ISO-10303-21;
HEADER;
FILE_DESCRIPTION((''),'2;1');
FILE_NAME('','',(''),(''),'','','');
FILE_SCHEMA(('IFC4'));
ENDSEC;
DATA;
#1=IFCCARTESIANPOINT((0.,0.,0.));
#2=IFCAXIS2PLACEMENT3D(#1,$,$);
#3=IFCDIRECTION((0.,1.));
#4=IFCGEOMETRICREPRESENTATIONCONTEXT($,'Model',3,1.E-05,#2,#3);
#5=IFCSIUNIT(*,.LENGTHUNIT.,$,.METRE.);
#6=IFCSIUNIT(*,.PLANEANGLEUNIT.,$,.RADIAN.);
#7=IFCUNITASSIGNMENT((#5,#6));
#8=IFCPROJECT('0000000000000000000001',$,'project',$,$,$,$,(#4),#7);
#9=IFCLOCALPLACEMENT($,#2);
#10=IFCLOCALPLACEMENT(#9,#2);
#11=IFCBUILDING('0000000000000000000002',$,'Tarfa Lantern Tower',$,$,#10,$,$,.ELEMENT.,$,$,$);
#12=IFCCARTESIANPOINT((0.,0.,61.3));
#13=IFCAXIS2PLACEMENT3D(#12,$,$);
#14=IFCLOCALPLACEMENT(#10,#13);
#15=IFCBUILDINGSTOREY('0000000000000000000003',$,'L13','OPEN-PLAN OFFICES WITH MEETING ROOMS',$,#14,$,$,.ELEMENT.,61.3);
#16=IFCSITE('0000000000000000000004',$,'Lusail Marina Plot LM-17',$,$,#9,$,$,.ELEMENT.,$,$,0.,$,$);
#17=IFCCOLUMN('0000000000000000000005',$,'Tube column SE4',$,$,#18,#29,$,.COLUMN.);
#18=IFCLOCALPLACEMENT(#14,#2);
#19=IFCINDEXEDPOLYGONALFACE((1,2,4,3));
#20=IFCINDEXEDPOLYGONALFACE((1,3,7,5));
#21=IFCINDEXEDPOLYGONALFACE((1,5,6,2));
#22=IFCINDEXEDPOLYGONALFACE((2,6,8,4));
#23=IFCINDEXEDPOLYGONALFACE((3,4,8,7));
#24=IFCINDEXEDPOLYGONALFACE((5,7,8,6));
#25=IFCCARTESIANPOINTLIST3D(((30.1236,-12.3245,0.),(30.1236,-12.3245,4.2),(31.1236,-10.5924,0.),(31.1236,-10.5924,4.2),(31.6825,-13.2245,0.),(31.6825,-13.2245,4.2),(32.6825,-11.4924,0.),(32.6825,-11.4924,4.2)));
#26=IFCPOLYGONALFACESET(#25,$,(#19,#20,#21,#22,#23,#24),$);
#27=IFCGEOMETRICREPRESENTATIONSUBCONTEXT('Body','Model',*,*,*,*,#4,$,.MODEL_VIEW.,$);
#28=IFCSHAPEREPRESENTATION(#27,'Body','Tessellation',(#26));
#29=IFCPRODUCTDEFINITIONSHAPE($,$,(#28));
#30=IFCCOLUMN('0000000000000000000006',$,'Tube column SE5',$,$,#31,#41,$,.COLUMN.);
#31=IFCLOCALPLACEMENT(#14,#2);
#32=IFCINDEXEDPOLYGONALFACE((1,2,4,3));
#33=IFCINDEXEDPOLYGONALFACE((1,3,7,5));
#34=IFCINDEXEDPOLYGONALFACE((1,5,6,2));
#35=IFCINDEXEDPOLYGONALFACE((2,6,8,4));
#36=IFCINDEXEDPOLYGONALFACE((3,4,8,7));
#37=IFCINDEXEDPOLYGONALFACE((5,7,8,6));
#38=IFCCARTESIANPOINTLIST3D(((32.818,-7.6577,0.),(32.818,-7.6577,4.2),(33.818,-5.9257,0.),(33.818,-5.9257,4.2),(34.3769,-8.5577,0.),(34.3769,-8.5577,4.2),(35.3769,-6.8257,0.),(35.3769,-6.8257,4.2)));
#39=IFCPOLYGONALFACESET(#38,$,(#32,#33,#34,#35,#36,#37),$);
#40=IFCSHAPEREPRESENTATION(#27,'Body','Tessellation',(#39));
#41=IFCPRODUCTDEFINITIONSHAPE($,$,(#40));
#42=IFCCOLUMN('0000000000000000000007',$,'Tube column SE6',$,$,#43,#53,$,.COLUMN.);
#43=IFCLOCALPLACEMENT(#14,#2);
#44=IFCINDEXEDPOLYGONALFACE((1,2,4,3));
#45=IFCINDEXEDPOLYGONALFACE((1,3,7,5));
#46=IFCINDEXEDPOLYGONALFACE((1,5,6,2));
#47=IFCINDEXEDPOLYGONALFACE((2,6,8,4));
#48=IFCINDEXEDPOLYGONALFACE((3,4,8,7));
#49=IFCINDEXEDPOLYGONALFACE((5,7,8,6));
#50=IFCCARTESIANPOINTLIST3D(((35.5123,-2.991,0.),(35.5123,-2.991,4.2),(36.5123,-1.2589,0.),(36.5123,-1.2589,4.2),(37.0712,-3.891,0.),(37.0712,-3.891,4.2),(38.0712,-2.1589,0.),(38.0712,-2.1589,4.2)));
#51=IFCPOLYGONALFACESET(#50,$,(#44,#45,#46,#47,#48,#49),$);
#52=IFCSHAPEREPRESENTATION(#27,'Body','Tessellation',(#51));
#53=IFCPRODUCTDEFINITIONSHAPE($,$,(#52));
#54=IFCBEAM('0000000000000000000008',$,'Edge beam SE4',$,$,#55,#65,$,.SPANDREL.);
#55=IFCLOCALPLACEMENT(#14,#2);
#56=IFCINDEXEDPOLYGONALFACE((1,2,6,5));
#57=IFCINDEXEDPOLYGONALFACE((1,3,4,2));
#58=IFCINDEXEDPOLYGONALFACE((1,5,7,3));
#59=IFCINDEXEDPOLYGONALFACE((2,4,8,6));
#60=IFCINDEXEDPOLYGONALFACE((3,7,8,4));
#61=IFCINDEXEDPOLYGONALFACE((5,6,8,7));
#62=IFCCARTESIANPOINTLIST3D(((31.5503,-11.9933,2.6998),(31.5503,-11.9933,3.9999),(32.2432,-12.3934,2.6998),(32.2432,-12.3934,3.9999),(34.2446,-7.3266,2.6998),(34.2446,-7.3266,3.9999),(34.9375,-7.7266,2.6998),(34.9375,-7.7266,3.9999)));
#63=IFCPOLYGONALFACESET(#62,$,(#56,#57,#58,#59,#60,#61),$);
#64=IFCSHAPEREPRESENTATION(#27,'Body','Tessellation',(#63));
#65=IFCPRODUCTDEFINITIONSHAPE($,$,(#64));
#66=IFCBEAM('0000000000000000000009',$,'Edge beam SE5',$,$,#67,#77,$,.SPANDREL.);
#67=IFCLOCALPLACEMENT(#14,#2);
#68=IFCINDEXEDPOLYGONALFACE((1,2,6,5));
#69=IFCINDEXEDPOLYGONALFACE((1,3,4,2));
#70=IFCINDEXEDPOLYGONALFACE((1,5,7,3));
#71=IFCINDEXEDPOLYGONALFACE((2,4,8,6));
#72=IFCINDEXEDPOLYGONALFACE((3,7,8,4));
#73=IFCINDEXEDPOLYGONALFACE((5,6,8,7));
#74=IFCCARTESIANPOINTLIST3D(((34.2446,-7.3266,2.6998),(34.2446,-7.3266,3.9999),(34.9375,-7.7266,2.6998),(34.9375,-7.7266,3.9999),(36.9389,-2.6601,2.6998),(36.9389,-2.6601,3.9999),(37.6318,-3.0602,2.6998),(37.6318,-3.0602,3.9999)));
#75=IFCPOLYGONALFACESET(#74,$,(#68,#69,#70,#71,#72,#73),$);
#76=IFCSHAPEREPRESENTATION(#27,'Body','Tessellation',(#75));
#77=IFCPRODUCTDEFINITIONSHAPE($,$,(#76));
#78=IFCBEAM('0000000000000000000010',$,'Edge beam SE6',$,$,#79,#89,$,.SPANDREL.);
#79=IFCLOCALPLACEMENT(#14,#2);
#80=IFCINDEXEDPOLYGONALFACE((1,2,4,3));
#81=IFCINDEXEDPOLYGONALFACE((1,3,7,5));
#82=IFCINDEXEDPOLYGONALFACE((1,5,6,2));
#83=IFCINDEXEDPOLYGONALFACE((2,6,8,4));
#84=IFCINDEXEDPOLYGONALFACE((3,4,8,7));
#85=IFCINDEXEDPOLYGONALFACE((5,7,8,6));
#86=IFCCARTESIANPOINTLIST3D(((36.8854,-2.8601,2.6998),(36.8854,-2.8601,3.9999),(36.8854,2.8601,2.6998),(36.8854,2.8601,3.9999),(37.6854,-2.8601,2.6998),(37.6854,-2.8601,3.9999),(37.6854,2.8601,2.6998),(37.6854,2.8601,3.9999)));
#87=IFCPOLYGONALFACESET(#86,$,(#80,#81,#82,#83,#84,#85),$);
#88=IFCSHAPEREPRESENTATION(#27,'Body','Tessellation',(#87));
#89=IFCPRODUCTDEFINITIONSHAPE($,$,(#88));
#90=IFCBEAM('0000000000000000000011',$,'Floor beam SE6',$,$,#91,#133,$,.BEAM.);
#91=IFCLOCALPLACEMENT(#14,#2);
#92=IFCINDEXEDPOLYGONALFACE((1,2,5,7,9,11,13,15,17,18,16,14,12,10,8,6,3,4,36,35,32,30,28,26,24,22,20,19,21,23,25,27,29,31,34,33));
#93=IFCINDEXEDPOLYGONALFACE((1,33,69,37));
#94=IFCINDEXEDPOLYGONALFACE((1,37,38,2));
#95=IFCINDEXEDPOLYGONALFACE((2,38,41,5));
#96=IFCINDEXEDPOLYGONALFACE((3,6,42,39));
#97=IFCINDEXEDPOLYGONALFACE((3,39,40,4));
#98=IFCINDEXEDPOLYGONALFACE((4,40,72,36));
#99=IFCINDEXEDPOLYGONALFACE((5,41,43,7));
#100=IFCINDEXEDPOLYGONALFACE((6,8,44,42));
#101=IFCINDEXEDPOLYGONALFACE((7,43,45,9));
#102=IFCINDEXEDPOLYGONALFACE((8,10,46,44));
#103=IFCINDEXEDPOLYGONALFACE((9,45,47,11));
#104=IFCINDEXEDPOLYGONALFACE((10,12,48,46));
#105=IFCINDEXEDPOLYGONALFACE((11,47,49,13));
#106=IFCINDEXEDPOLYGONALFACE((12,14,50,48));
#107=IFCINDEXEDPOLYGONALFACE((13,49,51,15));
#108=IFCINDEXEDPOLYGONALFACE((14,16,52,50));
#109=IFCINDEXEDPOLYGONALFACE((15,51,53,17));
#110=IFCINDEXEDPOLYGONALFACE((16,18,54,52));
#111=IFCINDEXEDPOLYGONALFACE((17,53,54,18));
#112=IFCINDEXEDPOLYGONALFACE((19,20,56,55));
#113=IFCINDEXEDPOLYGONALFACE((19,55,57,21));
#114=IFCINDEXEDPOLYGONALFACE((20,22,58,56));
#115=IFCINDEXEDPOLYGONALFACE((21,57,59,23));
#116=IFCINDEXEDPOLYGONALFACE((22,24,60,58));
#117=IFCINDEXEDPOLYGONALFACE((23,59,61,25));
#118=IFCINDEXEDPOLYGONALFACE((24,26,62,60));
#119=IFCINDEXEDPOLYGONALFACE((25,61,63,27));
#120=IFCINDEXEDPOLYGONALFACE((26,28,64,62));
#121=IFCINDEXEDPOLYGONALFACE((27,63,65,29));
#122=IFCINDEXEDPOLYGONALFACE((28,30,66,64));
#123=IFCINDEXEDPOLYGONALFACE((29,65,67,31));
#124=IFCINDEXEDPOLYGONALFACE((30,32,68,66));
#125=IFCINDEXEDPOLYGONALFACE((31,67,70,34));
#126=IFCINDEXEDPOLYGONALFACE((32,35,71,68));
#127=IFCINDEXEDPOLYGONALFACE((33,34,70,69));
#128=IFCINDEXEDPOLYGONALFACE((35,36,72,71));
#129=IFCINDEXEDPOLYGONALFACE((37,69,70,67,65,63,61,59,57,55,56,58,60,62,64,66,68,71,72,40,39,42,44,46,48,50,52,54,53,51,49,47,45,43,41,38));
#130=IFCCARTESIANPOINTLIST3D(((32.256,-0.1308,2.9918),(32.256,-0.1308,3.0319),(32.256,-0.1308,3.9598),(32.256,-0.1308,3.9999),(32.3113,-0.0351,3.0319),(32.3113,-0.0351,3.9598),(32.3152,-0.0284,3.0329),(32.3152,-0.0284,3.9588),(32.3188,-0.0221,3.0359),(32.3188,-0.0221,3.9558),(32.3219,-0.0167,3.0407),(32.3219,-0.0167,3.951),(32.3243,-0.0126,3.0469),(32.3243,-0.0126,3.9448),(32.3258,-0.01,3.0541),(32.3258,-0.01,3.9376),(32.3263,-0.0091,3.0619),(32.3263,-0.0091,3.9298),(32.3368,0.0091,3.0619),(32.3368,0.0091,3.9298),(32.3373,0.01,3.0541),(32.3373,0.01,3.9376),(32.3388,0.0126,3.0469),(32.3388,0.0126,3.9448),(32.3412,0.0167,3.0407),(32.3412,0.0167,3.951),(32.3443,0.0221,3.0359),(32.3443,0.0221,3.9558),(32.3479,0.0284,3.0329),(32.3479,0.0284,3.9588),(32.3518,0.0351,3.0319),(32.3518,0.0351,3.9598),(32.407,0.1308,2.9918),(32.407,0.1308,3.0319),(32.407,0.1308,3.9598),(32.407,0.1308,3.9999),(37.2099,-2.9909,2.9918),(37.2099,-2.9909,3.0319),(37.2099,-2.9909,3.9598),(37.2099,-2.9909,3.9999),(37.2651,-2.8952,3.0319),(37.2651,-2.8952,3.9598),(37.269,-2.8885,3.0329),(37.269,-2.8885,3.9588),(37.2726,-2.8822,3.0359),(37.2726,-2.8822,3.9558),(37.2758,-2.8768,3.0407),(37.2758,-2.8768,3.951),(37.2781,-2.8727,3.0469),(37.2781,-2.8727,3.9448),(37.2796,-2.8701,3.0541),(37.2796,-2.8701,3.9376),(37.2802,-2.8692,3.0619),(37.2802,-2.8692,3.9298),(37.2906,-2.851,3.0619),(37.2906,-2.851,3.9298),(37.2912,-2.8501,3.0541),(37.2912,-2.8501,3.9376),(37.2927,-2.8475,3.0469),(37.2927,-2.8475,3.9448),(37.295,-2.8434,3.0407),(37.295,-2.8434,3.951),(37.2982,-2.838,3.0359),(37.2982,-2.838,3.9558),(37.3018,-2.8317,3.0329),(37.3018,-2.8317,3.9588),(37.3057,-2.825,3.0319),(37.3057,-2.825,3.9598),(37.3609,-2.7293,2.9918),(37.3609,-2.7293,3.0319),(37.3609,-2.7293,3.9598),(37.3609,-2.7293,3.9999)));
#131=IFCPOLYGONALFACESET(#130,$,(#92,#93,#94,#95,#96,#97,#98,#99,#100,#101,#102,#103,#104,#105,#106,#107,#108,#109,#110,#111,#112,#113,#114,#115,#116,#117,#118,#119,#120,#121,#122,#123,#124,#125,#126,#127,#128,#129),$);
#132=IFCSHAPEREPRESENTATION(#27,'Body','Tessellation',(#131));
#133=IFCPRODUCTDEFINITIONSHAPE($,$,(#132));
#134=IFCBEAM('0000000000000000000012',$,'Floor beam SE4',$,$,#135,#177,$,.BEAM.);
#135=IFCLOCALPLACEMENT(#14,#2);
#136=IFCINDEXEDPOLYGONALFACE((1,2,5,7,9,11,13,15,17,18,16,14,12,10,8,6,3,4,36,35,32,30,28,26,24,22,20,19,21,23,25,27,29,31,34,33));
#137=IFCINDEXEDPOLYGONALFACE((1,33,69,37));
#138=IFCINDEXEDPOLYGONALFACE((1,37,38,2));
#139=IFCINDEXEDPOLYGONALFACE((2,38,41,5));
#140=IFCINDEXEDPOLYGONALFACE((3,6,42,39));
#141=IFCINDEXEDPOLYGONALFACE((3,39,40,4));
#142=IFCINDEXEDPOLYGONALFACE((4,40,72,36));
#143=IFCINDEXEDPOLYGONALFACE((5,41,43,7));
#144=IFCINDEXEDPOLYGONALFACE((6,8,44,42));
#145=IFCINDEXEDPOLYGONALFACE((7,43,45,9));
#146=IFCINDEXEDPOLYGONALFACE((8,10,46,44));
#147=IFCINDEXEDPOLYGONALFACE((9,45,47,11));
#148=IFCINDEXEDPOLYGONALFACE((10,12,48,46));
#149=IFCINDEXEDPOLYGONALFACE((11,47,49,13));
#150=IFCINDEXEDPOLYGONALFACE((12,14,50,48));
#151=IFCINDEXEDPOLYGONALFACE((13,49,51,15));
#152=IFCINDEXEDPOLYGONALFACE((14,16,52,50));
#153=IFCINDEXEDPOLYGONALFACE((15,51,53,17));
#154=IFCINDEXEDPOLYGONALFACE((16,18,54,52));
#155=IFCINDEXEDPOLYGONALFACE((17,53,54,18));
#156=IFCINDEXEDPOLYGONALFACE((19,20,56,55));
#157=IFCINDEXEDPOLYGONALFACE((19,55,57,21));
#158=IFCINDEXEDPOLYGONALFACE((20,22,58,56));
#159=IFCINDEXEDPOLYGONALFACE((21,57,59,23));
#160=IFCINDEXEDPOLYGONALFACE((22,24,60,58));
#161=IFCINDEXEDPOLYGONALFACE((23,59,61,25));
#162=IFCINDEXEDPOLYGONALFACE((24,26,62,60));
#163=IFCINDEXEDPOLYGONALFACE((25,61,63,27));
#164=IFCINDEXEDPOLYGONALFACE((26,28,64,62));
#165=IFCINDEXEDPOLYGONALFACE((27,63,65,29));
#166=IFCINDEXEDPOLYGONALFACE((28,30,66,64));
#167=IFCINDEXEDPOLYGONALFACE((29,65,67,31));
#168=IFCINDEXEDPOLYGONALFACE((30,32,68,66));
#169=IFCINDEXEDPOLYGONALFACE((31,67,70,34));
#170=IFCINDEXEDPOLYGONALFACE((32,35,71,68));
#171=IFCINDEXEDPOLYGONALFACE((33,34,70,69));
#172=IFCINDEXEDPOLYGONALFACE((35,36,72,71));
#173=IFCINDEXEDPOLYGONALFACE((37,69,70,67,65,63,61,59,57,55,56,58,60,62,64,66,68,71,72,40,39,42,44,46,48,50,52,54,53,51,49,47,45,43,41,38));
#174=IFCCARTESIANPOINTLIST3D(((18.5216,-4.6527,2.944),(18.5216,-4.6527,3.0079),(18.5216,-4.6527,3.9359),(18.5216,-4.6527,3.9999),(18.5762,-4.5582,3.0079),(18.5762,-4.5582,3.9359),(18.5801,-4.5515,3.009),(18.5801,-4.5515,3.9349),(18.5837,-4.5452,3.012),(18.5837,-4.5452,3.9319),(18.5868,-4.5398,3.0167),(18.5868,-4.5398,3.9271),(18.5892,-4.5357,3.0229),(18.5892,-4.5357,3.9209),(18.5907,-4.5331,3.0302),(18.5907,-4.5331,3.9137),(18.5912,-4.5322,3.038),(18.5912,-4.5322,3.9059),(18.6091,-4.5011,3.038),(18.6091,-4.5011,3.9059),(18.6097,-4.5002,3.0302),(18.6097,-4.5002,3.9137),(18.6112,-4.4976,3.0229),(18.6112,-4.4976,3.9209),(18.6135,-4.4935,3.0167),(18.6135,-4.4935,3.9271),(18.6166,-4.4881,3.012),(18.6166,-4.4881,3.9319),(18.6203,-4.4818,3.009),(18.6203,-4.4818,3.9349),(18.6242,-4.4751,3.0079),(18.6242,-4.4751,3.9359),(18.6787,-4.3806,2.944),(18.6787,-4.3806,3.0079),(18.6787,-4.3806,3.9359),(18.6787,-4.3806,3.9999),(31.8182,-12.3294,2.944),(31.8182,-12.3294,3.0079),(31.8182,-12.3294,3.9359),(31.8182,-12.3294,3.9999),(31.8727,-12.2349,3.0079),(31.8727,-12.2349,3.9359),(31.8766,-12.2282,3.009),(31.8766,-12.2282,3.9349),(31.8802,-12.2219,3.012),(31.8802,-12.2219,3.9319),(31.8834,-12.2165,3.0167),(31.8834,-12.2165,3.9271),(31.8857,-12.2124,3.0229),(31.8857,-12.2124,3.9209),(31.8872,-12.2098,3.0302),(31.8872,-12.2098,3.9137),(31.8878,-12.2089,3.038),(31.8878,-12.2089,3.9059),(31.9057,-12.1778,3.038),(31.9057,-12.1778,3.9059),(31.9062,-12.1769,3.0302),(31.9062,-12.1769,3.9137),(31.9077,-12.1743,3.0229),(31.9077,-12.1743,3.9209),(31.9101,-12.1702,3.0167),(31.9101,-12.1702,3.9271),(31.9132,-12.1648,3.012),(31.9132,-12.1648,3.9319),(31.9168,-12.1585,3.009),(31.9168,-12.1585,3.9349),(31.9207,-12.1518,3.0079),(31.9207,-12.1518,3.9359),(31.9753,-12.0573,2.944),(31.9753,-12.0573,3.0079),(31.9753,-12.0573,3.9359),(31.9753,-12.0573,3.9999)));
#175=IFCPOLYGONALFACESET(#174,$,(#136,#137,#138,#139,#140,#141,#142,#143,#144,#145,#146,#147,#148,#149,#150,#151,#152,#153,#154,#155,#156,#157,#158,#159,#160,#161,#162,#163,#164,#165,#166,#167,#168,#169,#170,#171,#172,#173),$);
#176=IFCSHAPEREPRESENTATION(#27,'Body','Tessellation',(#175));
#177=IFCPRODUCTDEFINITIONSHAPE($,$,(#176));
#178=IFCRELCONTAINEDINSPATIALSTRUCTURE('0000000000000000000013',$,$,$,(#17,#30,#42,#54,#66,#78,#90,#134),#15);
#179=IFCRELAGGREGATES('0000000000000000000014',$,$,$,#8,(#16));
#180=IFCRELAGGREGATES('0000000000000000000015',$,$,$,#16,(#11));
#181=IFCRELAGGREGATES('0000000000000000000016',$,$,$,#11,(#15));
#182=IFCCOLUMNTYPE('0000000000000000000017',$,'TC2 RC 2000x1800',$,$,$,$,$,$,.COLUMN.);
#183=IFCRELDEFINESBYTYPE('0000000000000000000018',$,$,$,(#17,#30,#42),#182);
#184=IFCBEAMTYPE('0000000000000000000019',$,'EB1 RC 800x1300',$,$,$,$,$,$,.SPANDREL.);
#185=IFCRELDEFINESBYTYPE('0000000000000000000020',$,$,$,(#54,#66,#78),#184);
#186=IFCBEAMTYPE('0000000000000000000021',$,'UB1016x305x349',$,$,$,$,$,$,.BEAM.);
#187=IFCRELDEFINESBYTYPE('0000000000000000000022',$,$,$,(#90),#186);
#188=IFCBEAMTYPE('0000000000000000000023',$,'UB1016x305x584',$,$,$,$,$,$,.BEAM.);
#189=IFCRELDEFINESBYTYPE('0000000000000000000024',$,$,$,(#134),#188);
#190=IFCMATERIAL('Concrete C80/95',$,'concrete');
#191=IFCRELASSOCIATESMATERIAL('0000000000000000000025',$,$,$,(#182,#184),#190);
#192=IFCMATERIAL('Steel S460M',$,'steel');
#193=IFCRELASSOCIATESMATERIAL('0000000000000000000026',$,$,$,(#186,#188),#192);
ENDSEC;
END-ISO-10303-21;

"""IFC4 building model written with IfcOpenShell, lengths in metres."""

from ifc_helpers import new_model, si_unit, direction, frame, origin, origin_2d, place, context, subcontext, project, spatial, rectangle, i_section, extrude, material, material_profile, profile_set, type_object, element, save


model = new_model("IFC4")

# Units and contexts
model_context = context("Model", 3, precision=1e-05, world=origin(), true_north=direction((0.0, 1.0)))
body_context = subcontext(model_context, "Body", "Model", "MODEL_VIEW")
ifc_project = project(units=[si_unit("LENGTHUNIT", "METRE"), si_unit("PLANEANGLEUNIT", "RADIAN")], contexts=[model_context])

# Site, building, storey
site_placement = place(None, origin())
site = spatial("IfcSite", under=ifc_project, at=site_placement, Name="Lusail Marina Plot LM-17", CompositionType="ELEMENT", RefElevation=0.0)
building_placement = place(site_placement, origin())
building = spatial("IfcBuilding", under=site, at=building_placement, Name="Tarfa Lantern Tower", CompositionType="ELEMENT")
storey_placement = place(building_placement, frame((0.0, 0.0, 61.3)))
storey = spatial("IfcBuildingStorey", under=building, at=storey_placement, Name="L13", Description="OPEN-PLAN OFFICES WITH MEETING ROOMS", CompositionType="ELEMENT", Elevation=61.3)

# Columns
ifc_material_1 = material(Name="Concrete C80/95", Category="concrete")
ifc_material_profile_1 = material_profile(ifc_material_1, rectangle(XDim=2.0, YDim=1.8, at=origin_2d()), Name="RC 2000x1800")
ifc_profile_set_1 = profile_set([ifc_material_profile_1], Name="Concrete C80/95")
column_type = type_object("IfcColumnType", Name="TC2 RC 2000x1800", PredefinedType="COLUMN", material=ifc_profile_set_1)
for number, where, z_axis, x_axis, name in (
    (1, (31.4031, -11.9084, 0.0), (0.0, 0.0, 1.0), (0.5, 0.866025, 0.0), "Tube column SE4"),
    (2, (34.0974, -7.2417, 0.0), (0.0, 0.0, 1.0), (0.5, 0.866025, 0.0), "Tube column SE5"),
    (3, (36.7917, -2.575, 0.0), (0.0, 0.0, 1.0), (0.5, 0.866025, 0.0), "Tube column SE6"),
):
    element("IfcColumn", number, at=place(storey_placement, frame(where, z_axis=z_axis, x_axis=x_axis)), inside=storey, type_object=column_type, Name=name, PredefinedType="COLUMN", context=body_context, shape_type="SweptSolid", body=[
        extrude(rectangle(XDim=2.0, YDim=1.8, at=origin_2d()), origin(), (0.0, 0.0, 1.0), 4.2),
    ])

# Beams
ifc_material_profile_2 = material_profile(ifc_material_1, rectangle(XDim=0.8, YDim=1.3, at=origin_2d()), Name="RC 800x1300")
ifc_profile_set_2 = profile_set([ifc_material_profile_2], Name="Concrete C80/95")
beam_type_1 = type_object("IfcBeamType", Name="EB1 RC 800x1300", PredefinedType="SPANDREL", material=ifc_profile_set_2)
beam_1_placement = place(storey_placement, frame((31.8967, -12.1934, 3.3499), z_axis=(0.499998, 0.866026, 0.0), x_axis=(-0.866026, 0.499998, 0.0)))
element("IfcBeam", 4, at=beam_1_placement, inside=storey, type_object=beam_type_1, Name="Edge beam SE4", PredefinedType="SPANDREL", context=body_context, shape_type="SweptSolid", body=[
    extrude(rectangle(XDim=0.8, YDim=1.3, at=origin_2d()), origin(), (0.0, 0.0, 1.0), 5.3887),
])
beam_2_placement = place(storey_placement, frame((34.5911, -7.5266, 3.3499), z_axis=(0.500018, 0.866015, 0.0), x_axis=(-0.866015, 0.500018, 0.0)))
element("IfcBeam", 5, at=beam_2_placement, inside=storey, type_object=beam_type_1, Name="Edge beam SE5", PredefinedType="SPANDREL", context=body_context, shape_type="SweptSolid", body=[
    extrude(rectangle(XDim=0.8, YDim=1.3, at=origin_2d()), origin(), (0.0, 0.0, 1.0), 5.3884),
])
beam_3_placement = place(storey_placement, frame((37.2854, -2.8601, 3.3499), z_axis=(0.0, 1.0, 0.0), x_axis=(-1.0, 0.0, 0.0)))
element("IfcBeam", 6, at=beam_3_placement, inside=storey, type_object=beam_type_1, Name="Edge beam SE6", PredefinedType="SPANDREL", context=body_context, shape_type="SweptSolid", body=[
    extrude(rectangle(XDim=0.8, YDim=1.3, at=origin_2d()), origin(), (0.0, 0.0, 1.0), 5.7202),
])
ifc_material_2 = material(Name="Steel S460M", Category="steel")
ifc_material_profile_3 = material_profile(ifc_material_2, i_section(OverallWidth=0.302, OverallDepth=1.0081, WebThickness=0.021, FlangeThickness=0.04, FilletRadius=0.03, at=origin_2d()), Name="UB1016x305x349")
ifc_profile_set_3 = profile_set([ifc_material_profile_3], Name="Steel S460M")
beam_type_2 = type_object("IfcBeamType", Name="UB1016x305x349", PredefinedType="BEAM", material=ifc_profile_set_3)
beam_4_placement = place(storey_placement, frame((37.2854, -2.8601, 3.4958), z_axis=(-0.866026, 0.5, 0.0), x_axis=(-0.5, -0.866026, 0.0)))
element("IfcBeam", 7, at=beam_4_placement, inside=storey, type_object=beam_type_2, Name="Floor beam SE6", PredefinedType="BEAM", context=body_context, shape_type="SweptSolid", body=[
    extrude(i_section(OverallWidth=0.302, OverallDepth=1.0081, WebThickness=0.021, FlangeThickness=0.04, FilletRadius=0.03, at=origin_2d()), origin(), (0.0, 0.0, 1.0), 5.7202),
])
ifc_material_profile_4 = material_profile(ifc_material_2, i_section(OverallWidth=0.3142, OverallDepth=1.0559, WebThickness=0.0359, FlangeThickness=0.064, FilletRadius=0.03, at=origin_2d()), Name="UB1016x305x584")
ifc_profile_set_4 = profile_set([ifc_material_profile_4], Name="Steel S460M")
beam_type_3 = type_object("IfcBeamType", Name="UB1016x305x584", PredefinedType="BEAM", material=ifc_profile_set_4)
beam_5_placement = place(storey_placement, frame((31.8967, -12.1934, 3.4719), z_axis=(-0.866027, 0.499997, 0.0), x_axis=(-0.499997, -0.866027, 0.0)))
element("IfcBeam", 8, at=beam_5_placement, inside=storey, type_object=beam_type_3, Name="Floor beam SE4", PredefinedType="BEAM", context=body_context, shape_type="SweptSolid", body=[
    extrude(i_section(OverallWidth=0.3142, OverallDepth=1.0559, WebThickness=0.0359, FlangeThickness=0.064, FilletRadius=0.03, at=origin_2d()), origin(), (0.0, 0.0, 1.0), 15.3535),
])

save(model, "model.ifc")
